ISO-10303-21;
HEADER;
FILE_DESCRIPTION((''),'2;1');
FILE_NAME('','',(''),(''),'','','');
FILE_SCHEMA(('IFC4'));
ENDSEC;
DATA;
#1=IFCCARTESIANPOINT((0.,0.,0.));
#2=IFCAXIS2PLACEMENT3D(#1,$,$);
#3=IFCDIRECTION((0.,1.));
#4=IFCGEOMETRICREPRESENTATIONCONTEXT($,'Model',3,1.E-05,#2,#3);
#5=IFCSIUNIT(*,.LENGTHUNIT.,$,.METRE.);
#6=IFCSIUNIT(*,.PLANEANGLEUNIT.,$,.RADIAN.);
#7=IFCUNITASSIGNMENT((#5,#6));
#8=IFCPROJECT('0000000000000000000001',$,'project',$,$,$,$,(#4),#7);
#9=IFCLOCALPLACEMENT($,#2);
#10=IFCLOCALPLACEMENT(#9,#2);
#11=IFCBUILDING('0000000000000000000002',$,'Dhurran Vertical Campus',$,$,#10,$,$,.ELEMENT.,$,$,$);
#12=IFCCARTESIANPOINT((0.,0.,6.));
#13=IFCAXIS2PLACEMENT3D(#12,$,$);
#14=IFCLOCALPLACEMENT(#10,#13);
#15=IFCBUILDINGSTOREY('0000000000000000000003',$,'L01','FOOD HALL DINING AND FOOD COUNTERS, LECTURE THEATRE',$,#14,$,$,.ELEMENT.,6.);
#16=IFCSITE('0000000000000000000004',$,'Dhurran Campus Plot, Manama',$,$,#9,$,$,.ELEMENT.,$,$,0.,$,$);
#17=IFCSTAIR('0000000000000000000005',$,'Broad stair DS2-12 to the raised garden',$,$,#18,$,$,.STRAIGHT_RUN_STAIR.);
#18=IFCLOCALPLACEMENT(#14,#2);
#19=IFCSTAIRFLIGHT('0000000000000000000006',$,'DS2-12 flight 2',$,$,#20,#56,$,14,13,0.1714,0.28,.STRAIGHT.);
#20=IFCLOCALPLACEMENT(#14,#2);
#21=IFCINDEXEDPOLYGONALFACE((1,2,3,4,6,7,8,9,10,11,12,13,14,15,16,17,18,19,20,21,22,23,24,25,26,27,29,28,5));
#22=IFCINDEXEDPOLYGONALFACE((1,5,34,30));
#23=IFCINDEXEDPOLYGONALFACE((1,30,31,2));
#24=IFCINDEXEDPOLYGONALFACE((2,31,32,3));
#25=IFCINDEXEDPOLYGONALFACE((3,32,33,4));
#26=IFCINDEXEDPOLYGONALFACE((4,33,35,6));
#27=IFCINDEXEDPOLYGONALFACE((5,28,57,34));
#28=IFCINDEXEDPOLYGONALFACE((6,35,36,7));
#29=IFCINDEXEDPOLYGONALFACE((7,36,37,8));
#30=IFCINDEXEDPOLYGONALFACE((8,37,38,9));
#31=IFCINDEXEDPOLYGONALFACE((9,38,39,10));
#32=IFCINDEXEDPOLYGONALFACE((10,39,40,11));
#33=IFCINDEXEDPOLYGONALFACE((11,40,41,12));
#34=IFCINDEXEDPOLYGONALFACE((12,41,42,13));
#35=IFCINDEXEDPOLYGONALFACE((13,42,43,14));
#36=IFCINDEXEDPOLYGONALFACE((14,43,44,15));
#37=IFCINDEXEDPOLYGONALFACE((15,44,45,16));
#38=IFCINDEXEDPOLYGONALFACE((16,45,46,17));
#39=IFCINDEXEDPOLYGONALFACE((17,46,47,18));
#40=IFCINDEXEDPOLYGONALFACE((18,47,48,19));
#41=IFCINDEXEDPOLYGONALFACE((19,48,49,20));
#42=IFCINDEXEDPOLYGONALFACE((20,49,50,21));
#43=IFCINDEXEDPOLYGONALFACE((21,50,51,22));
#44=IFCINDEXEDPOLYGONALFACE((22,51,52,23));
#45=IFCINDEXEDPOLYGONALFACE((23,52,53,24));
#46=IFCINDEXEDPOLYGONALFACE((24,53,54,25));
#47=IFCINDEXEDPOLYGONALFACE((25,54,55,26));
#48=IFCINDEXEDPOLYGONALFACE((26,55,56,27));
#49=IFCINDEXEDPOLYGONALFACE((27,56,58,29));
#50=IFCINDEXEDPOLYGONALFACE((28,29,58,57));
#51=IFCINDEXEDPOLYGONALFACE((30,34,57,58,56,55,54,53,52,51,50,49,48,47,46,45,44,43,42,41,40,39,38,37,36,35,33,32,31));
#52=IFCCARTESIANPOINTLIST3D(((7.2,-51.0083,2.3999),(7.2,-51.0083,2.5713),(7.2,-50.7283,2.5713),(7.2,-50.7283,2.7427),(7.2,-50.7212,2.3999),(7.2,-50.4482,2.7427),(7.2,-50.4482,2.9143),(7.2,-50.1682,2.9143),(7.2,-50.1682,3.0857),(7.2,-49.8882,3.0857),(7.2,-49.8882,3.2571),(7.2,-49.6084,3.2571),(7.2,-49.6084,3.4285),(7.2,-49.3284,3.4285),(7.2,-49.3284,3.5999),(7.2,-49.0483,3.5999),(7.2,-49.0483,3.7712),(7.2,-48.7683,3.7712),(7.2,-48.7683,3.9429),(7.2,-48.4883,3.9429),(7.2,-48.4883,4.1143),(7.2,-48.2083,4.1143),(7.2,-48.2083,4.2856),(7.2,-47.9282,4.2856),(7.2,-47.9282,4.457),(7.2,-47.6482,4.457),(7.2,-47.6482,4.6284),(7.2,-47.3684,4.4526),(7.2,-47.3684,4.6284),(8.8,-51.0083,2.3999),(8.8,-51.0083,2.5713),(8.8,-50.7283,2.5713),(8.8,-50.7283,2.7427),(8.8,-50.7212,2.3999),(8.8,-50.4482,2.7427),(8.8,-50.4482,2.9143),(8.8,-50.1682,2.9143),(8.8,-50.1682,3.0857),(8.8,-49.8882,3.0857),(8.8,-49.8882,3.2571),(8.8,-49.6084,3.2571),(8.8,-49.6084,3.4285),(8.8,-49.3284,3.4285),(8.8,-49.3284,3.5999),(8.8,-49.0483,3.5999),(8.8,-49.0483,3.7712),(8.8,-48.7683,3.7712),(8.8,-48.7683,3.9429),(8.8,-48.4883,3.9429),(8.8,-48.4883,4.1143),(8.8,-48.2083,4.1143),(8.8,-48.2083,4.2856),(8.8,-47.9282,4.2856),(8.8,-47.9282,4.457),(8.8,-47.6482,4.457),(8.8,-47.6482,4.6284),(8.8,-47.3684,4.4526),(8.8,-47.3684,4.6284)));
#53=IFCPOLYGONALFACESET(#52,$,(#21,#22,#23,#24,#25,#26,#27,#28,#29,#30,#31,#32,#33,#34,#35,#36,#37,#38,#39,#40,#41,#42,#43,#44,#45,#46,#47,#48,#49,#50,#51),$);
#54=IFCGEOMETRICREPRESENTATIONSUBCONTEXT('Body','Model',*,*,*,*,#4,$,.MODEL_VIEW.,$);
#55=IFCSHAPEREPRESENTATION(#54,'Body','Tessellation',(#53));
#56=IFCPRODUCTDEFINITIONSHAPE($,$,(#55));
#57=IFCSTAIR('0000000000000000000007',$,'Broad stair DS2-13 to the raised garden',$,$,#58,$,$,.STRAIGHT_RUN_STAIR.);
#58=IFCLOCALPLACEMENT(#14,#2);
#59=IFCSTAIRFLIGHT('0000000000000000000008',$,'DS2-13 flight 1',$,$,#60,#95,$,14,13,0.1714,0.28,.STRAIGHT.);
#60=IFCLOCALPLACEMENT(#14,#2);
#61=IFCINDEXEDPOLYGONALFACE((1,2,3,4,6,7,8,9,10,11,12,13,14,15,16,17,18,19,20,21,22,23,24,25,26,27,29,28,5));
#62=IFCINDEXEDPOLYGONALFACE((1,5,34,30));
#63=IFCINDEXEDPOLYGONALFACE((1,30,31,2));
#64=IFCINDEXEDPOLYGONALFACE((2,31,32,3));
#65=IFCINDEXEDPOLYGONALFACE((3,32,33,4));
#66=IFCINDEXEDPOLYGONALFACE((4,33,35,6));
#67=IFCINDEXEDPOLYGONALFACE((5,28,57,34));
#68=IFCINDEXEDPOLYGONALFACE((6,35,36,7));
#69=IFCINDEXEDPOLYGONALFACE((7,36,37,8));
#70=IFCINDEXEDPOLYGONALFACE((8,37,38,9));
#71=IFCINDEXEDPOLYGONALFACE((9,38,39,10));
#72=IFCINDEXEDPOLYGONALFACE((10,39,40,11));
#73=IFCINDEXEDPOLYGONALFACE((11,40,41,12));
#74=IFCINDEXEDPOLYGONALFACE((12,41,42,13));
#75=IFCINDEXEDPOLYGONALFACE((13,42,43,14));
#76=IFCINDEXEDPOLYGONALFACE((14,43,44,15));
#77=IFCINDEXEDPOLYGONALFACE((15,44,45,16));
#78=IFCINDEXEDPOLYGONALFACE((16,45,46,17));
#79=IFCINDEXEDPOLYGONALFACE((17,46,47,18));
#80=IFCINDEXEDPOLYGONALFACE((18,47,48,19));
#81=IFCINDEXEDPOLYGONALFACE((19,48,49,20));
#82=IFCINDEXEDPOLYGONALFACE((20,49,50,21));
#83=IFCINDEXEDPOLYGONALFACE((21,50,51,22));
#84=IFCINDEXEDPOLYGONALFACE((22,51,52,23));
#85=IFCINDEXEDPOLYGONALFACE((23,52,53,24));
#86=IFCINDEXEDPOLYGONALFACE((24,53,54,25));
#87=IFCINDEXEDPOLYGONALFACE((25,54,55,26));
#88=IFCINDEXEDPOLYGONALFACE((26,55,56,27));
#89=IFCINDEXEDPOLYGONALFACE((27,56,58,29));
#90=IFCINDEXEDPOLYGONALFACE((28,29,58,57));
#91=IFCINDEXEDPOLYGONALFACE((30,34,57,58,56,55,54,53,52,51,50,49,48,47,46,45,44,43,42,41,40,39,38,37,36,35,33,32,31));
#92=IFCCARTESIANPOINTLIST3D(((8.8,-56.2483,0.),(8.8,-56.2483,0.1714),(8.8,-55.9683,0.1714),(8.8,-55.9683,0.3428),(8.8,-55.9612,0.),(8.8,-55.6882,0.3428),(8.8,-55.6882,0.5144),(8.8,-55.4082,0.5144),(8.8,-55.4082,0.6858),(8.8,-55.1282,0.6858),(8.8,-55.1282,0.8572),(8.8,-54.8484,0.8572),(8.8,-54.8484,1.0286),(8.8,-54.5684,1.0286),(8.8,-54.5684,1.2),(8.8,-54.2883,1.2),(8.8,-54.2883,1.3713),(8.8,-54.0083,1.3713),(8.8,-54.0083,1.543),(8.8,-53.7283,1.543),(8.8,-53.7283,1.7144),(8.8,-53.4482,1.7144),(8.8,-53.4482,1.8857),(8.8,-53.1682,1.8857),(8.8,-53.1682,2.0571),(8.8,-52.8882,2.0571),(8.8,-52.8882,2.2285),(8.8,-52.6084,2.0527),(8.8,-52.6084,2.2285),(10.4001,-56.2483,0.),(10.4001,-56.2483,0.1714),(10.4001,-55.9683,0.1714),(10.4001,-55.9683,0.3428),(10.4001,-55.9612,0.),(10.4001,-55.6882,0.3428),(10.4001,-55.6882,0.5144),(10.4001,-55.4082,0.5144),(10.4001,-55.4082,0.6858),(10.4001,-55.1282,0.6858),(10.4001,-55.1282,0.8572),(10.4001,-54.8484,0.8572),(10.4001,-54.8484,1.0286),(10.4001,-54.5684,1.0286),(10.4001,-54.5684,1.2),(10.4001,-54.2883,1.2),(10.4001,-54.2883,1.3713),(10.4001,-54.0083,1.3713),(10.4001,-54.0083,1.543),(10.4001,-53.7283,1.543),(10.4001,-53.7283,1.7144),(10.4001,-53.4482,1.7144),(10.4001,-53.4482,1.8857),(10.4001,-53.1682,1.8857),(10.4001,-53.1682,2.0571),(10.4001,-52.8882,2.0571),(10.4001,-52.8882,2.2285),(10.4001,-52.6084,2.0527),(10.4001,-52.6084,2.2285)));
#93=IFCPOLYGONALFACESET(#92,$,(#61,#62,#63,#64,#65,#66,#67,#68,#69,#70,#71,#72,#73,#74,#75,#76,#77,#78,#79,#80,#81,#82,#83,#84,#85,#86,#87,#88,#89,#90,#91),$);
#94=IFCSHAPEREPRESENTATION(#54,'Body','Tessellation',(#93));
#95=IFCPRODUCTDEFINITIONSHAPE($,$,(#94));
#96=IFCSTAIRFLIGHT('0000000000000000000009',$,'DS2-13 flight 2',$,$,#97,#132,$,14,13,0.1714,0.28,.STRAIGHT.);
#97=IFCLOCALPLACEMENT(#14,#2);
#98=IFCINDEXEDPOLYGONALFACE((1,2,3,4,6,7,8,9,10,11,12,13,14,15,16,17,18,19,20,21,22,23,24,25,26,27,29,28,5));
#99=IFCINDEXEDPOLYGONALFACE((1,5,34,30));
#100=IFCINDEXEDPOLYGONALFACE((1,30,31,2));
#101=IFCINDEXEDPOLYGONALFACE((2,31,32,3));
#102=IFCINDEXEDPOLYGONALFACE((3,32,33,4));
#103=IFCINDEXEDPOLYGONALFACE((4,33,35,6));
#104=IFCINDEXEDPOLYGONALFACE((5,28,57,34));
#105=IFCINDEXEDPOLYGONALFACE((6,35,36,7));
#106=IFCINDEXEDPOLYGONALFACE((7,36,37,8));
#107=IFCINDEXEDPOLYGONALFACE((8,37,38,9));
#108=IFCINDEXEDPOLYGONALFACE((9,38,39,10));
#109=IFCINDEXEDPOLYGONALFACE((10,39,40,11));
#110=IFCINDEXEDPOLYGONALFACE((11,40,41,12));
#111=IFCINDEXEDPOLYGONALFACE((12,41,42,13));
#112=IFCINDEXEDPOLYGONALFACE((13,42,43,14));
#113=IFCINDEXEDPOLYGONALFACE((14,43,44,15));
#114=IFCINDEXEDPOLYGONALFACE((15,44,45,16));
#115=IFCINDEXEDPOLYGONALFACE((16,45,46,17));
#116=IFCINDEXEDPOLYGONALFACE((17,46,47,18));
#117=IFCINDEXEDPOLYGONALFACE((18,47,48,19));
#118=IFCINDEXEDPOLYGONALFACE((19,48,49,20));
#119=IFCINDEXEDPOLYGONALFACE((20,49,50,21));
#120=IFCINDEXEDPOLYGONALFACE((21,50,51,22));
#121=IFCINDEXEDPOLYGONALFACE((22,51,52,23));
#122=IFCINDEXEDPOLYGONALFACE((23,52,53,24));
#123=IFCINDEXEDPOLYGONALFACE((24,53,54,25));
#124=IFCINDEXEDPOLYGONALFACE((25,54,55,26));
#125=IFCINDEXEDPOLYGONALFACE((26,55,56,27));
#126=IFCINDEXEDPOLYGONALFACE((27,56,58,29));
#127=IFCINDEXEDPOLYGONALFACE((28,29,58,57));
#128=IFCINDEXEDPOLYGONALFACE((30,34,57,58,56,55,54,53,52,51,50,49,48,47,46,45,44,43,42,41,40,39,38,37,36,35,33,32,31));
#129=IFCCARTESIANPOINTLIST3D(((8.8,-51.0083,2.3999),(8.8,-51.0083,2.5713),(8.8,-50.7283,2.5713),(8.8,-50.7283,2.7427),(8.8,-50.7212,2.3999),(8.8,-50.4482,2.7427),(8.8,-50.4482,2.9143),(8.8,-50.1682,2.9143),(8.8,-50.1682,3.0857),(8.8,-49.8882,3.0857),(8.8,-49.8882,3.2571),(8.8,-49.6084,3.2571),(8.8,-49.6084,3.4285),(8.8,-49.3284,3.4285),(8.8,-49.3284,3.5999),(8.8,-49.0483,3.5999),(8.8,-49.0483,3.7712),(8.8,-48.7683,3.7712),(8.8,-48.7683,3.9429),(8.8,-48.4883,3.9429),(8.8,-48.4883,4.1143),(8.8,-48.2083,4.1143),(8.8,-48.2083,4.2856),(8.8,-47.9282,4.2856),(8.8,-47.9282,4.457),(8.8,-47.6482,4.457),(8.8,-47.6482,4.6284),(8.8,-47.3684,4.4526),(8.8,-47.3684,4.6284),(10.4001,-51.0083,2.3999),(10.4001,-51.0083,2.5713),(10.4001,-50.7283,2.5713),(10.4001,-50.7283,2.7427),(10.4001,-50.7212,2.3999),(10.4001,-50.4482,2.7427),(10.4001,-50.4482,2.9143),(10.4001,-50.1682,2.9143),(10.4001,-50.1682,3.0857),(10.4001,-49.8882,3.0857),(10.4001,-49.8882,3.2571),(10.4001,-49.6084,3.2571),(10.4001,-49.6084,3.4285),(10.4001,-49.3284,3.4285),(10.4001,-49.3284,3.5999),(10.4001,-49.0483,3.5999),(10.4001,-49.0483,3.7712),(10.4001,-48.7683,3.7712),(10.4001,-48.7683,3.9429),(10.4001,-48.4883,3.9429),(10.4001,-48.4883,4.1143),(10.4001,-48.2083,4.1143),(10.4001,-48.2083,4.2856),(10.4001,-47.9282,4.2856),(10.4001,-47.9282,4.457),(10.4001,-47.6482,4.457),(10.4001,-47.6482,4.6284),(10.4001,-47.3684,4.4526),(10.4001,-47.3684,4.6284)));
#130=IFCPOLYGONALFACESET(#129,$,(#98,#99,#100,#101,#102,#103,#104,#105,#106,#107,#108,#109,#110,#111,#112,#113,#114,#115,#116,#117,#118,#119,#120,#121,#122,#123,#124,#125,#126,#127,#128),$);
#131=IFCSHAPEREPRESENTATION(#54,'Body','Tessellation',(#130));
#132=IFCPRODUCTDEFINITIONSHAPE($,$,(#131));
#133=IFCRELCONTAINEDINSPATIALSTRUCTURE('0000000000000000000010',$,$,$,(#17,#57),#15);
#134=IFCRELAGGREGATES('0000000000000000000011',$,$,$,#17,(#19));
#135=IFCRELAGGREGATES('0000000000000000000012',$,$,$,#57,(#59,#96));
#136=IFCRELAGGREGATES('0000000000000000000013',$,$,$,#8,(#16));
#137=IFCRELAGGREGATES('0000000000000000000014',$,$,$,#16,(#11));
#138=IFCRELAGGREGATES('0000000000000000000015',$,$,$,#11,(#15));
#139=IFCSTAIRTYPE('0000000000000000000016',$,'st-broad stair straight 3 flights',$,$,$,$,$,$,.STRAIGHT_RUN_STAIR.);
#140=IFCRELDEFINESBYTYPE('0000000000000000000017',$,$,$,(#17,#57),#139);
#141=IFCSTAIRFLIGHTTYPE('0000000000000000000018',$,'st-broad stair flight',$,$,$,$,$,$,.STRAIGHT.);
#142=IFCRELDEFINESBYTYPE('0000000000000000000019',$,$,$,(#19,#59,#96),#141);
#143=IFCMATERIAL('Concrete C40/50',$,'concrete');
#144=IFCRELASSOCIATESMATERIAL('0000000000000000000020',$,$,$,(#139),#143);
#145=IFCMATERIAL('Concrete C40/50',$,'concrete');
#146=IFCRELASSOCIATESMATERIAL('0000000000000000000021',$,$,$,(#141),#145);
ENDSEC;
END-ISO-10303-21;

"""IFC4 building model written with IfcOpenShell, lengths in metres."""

from ifc_helpers import new_model, si_unit, direction, frame, origin, place, context, subcontext, project, spatial, polyline, outline, extrude, material, type_object, element, aggregate, save


model = new_model("IFC4")

# Units and contexts
model_context = context("Model", 3, precision=1e-05, world=origin(), true_north=direction((0.0, 1.0)))
body_context = subcontext(model_context, "Body", "Model", "MODEL_VIEW")
ifc_project = project(units=[si_unit("LENGTHUNIT", "METRE"), si_unit("PLANEANGLEUNIT", "RADIAN")], contexts=[model_context])

# Site, building, storey
site_placement = place(None, origin())
site = spatial("IfcSite", under=ifc_project, at=site_placement, Name="Dhurran Campus Plot, Manama", CompositionType="ELEMENT", RefElevation=0.0)
building_placement = place(site_placement, origin())
building = spatial("IfcBuilding", under=site, at=building_placement, Name="Dhurran Vertical Campus", CompositionType="ELEMENT")
storey_placement = place(building_placement, frame((0.0, 0.0, 6.0)))
storey = spatial("IfcBuildingStorey", under=building, at=storey_placement, Name="L01", Description="FOOD HALL DINING AND FOOD COUNTERS, LECTURE THEATRE", CompositionType="ELEMENT", Elevation=6.0)

# Stairs, stair flights
ifc_material_1 = material(Name="Concrete C40/50", Category="concrete")
stair_type = type_object("IfcStairType", Name="st-broad stair straight 3 flights", PredefinedType="STRAIGHT_RUN_STAIR", material=ifc_material_1)
ifc_material_2 = material(Name="Concrete C40/50", Category="concrete")
stair_flight_type = type_object("IfcStairFlightType", Name="st-broad stair flight", PredefinedType="STRAIGHT", material=ifc_material_2)
stair_1_placement = place(storey_placement, origin())
stair_1 = element("IfcStair", 1, at=stair_1_placement, inside=storey, type_object=stair_type, Name="Broad stair DS2-12 to the raised garden", PredefinedType="STRAIGHT_RUN_STAIR")
stair_flight_1_placement = place(storey_placement, frame((8.0, -51.0083, 2.3999), z_axis=(0.0, 0.0, 1.0), x_axis=(0.0, 1.0, 0.0)))
stair_flight_1 = element("IfcStairFlight", 2, at=stair_flight_1_placement, type_object=stair_flight_type, Name="DS2-12 flight 2", NumberOfRisers=14, NumberOfTreads=13, PredefinedType="STRAIGHT", RiserHeight=0.1714, TreadLength=0.28, context=body_context, shape_type="SweptSolid", body=[
    extrude(outline(polyline([(0.0, 0.0), (0.0, 0.1714), (0.28, 0.1714), (0.28, 0.3428), (0.5601, 0.3428), (0.5601, 0.5144), (0.8401, 0.5144), (0.8401, 0.6858), (1.1201, 0.6858), (1.1201, 0.8572), (1.3999, 0.8572), (1.3999, 1.0286), (1.6799, 1.0286), (1.6799, 1.2), (1.96, 1.2), (1.96, 1.3713), (2.24, 1.3713), (2.24, 1.543), (2.52, 1.543), (2.52, 1.7144), (2.8, 1.7144), (2.8, 1.8857), (3.0801, 1.8857), (3.0801, 2.0571), (3.3601, 2.0571), (3.3601, 2.2285), (3.6399, 2.2285), (3.6399, 2.3999), (3.6399, 2.0527), (0.2871, 0.0), (0.0, 0.0)])), frame((0.0, 0.8, 0.0), z_axis=(0.0, -1.0, 0.0), x_axis=(1.0, 0.0, 0.0)), (0.0, 0.0, 1.0), 1.6001),
])
aggregate(stair_1, [stair_flight_1])
stair_2_placement = place(storey_placement, origin())
stair_2 = element("IfcStair", 3, at=stair_2_placement, inside=storey, type_object=stair_type, Name="Broad stair DS2-13 to the raised garden", PredefinedType="STRAIGHT_RUN_STAIR")
stair_flight_2_placement = place(storey_placement, frame((9.6001, -56.2483, 0.0), z_axis=(0.0, 0.0, 1.0), x_axis=(0.0, 1.0, 0.0)))
stair_flight_2 = element("IfcStairFlight", 4, at=stair_flight_2_placement, type_object=stair_flight_type, Name="DS2-13 flight 1", NumberOfRisers=14, NumberOfTreads=13, PredefinedType="STRAIGHT", RiserHeight=0.1714, TreadLength=0.28, context=body_context, shape_type="SweptSolid", body=[
    extrude(outline(polyline([(0.0, 0.0), (0.0, 0.1714), (0.28, 0.1714), (0.28, 0.3428), (0.5601, 0.3428), (0.5601, 0.5144), (0.8401, 0.5144), (0.8401, 0.6858), (1.1201, 0.6858), (1.1201, 0.8572), (1.3999, 0.8572), (1.3999, 1.0286), (1.6799, 1.0286), (1.6799, 1.2), (1.96, 1.2), (1.96, 1.3713), (2.24, 1.3713), (2.24, 1.543), (2.52, 1.543), (2.52, 1.7144), (2.8, 1.7144), (2.8, 1.8857), (3.0801, 1.8857), (3.0801, 2.0571), (3.3601, 2.0571), (3.3601, 2.2285), (3.6399, 2.2285), (3.6399, 2.3999), (3.6399, 2.0527), (0.2871, 0.0), (0.0, 0.0)])), frame((0.0, 0.8, 0.0), z_axis=(0.0, -1.0, 0.0), x_axis=(1.0, 0.0, 0.0)), (0.0, 0.0, 1.0), 1.6001),
])
stair_flight_3_placement = place(storey_placement, frame((9.6001, -51.0083, 2.3999), z_axis=(0.0, 0.0, 1.0), x_axis=(0.0, 1.0, 0.0)))
stair_flight_3 = element("IfcStairFlight", 5, at=stair_flight_3_placement, type_object=stair_flight_type, Name="DS2-13 flight 2", NumberOfRisers=14, NumberOfTreads=13, PredefinedType="STRAIGHT", RiserHeight=0.1714, TreadLength=0.28, context=body_context, shape_type="SweptSolid", body=[
    extrude(outline(polyline([(0.0, 0.0), (0.0, 0.1714), (0.28, 0.1714), (0.28, 0.3428), (0.5601, 0.3428), (0.5601, 0.5144), (0.8401, 0.5144), (0.8401, 0.6858), (1.1201, 0.6858), (1.1201, 0.8572), (1.3999, 0.8572), (1.3999, 1.0286), (1.6799, 1.0286), (1.6799, 1.2), (1.96, 1.2), (1.96, 1.3713), (2.24, 1.3713), (2.24, 1.543), (2.52, 1.543), (2.52, 1.7144), (2.8, 1.7144), (2.8, 1.8857), (3.0801, 1.8857), (3.0801, 2.0571), (3.3601, 2.0571), (3.3601, 2.2285), (3.6399, 2.2285), (3.6399, 2.3999), (3.6399, 2.0527), (0.2871, 0.0), (0.0, 0.0)])), frame((0.0, 0.8, 0.0), z_axis=(0.0, -1.0, 0.0), x_axis=(1.0, 0.0, 0.0)), (0.0, 0.0, 1.0), 1.6001),
])
aggregate(stair_2, [stair_flight_2, stair_flight_3])

save(model, "model.ifc")
